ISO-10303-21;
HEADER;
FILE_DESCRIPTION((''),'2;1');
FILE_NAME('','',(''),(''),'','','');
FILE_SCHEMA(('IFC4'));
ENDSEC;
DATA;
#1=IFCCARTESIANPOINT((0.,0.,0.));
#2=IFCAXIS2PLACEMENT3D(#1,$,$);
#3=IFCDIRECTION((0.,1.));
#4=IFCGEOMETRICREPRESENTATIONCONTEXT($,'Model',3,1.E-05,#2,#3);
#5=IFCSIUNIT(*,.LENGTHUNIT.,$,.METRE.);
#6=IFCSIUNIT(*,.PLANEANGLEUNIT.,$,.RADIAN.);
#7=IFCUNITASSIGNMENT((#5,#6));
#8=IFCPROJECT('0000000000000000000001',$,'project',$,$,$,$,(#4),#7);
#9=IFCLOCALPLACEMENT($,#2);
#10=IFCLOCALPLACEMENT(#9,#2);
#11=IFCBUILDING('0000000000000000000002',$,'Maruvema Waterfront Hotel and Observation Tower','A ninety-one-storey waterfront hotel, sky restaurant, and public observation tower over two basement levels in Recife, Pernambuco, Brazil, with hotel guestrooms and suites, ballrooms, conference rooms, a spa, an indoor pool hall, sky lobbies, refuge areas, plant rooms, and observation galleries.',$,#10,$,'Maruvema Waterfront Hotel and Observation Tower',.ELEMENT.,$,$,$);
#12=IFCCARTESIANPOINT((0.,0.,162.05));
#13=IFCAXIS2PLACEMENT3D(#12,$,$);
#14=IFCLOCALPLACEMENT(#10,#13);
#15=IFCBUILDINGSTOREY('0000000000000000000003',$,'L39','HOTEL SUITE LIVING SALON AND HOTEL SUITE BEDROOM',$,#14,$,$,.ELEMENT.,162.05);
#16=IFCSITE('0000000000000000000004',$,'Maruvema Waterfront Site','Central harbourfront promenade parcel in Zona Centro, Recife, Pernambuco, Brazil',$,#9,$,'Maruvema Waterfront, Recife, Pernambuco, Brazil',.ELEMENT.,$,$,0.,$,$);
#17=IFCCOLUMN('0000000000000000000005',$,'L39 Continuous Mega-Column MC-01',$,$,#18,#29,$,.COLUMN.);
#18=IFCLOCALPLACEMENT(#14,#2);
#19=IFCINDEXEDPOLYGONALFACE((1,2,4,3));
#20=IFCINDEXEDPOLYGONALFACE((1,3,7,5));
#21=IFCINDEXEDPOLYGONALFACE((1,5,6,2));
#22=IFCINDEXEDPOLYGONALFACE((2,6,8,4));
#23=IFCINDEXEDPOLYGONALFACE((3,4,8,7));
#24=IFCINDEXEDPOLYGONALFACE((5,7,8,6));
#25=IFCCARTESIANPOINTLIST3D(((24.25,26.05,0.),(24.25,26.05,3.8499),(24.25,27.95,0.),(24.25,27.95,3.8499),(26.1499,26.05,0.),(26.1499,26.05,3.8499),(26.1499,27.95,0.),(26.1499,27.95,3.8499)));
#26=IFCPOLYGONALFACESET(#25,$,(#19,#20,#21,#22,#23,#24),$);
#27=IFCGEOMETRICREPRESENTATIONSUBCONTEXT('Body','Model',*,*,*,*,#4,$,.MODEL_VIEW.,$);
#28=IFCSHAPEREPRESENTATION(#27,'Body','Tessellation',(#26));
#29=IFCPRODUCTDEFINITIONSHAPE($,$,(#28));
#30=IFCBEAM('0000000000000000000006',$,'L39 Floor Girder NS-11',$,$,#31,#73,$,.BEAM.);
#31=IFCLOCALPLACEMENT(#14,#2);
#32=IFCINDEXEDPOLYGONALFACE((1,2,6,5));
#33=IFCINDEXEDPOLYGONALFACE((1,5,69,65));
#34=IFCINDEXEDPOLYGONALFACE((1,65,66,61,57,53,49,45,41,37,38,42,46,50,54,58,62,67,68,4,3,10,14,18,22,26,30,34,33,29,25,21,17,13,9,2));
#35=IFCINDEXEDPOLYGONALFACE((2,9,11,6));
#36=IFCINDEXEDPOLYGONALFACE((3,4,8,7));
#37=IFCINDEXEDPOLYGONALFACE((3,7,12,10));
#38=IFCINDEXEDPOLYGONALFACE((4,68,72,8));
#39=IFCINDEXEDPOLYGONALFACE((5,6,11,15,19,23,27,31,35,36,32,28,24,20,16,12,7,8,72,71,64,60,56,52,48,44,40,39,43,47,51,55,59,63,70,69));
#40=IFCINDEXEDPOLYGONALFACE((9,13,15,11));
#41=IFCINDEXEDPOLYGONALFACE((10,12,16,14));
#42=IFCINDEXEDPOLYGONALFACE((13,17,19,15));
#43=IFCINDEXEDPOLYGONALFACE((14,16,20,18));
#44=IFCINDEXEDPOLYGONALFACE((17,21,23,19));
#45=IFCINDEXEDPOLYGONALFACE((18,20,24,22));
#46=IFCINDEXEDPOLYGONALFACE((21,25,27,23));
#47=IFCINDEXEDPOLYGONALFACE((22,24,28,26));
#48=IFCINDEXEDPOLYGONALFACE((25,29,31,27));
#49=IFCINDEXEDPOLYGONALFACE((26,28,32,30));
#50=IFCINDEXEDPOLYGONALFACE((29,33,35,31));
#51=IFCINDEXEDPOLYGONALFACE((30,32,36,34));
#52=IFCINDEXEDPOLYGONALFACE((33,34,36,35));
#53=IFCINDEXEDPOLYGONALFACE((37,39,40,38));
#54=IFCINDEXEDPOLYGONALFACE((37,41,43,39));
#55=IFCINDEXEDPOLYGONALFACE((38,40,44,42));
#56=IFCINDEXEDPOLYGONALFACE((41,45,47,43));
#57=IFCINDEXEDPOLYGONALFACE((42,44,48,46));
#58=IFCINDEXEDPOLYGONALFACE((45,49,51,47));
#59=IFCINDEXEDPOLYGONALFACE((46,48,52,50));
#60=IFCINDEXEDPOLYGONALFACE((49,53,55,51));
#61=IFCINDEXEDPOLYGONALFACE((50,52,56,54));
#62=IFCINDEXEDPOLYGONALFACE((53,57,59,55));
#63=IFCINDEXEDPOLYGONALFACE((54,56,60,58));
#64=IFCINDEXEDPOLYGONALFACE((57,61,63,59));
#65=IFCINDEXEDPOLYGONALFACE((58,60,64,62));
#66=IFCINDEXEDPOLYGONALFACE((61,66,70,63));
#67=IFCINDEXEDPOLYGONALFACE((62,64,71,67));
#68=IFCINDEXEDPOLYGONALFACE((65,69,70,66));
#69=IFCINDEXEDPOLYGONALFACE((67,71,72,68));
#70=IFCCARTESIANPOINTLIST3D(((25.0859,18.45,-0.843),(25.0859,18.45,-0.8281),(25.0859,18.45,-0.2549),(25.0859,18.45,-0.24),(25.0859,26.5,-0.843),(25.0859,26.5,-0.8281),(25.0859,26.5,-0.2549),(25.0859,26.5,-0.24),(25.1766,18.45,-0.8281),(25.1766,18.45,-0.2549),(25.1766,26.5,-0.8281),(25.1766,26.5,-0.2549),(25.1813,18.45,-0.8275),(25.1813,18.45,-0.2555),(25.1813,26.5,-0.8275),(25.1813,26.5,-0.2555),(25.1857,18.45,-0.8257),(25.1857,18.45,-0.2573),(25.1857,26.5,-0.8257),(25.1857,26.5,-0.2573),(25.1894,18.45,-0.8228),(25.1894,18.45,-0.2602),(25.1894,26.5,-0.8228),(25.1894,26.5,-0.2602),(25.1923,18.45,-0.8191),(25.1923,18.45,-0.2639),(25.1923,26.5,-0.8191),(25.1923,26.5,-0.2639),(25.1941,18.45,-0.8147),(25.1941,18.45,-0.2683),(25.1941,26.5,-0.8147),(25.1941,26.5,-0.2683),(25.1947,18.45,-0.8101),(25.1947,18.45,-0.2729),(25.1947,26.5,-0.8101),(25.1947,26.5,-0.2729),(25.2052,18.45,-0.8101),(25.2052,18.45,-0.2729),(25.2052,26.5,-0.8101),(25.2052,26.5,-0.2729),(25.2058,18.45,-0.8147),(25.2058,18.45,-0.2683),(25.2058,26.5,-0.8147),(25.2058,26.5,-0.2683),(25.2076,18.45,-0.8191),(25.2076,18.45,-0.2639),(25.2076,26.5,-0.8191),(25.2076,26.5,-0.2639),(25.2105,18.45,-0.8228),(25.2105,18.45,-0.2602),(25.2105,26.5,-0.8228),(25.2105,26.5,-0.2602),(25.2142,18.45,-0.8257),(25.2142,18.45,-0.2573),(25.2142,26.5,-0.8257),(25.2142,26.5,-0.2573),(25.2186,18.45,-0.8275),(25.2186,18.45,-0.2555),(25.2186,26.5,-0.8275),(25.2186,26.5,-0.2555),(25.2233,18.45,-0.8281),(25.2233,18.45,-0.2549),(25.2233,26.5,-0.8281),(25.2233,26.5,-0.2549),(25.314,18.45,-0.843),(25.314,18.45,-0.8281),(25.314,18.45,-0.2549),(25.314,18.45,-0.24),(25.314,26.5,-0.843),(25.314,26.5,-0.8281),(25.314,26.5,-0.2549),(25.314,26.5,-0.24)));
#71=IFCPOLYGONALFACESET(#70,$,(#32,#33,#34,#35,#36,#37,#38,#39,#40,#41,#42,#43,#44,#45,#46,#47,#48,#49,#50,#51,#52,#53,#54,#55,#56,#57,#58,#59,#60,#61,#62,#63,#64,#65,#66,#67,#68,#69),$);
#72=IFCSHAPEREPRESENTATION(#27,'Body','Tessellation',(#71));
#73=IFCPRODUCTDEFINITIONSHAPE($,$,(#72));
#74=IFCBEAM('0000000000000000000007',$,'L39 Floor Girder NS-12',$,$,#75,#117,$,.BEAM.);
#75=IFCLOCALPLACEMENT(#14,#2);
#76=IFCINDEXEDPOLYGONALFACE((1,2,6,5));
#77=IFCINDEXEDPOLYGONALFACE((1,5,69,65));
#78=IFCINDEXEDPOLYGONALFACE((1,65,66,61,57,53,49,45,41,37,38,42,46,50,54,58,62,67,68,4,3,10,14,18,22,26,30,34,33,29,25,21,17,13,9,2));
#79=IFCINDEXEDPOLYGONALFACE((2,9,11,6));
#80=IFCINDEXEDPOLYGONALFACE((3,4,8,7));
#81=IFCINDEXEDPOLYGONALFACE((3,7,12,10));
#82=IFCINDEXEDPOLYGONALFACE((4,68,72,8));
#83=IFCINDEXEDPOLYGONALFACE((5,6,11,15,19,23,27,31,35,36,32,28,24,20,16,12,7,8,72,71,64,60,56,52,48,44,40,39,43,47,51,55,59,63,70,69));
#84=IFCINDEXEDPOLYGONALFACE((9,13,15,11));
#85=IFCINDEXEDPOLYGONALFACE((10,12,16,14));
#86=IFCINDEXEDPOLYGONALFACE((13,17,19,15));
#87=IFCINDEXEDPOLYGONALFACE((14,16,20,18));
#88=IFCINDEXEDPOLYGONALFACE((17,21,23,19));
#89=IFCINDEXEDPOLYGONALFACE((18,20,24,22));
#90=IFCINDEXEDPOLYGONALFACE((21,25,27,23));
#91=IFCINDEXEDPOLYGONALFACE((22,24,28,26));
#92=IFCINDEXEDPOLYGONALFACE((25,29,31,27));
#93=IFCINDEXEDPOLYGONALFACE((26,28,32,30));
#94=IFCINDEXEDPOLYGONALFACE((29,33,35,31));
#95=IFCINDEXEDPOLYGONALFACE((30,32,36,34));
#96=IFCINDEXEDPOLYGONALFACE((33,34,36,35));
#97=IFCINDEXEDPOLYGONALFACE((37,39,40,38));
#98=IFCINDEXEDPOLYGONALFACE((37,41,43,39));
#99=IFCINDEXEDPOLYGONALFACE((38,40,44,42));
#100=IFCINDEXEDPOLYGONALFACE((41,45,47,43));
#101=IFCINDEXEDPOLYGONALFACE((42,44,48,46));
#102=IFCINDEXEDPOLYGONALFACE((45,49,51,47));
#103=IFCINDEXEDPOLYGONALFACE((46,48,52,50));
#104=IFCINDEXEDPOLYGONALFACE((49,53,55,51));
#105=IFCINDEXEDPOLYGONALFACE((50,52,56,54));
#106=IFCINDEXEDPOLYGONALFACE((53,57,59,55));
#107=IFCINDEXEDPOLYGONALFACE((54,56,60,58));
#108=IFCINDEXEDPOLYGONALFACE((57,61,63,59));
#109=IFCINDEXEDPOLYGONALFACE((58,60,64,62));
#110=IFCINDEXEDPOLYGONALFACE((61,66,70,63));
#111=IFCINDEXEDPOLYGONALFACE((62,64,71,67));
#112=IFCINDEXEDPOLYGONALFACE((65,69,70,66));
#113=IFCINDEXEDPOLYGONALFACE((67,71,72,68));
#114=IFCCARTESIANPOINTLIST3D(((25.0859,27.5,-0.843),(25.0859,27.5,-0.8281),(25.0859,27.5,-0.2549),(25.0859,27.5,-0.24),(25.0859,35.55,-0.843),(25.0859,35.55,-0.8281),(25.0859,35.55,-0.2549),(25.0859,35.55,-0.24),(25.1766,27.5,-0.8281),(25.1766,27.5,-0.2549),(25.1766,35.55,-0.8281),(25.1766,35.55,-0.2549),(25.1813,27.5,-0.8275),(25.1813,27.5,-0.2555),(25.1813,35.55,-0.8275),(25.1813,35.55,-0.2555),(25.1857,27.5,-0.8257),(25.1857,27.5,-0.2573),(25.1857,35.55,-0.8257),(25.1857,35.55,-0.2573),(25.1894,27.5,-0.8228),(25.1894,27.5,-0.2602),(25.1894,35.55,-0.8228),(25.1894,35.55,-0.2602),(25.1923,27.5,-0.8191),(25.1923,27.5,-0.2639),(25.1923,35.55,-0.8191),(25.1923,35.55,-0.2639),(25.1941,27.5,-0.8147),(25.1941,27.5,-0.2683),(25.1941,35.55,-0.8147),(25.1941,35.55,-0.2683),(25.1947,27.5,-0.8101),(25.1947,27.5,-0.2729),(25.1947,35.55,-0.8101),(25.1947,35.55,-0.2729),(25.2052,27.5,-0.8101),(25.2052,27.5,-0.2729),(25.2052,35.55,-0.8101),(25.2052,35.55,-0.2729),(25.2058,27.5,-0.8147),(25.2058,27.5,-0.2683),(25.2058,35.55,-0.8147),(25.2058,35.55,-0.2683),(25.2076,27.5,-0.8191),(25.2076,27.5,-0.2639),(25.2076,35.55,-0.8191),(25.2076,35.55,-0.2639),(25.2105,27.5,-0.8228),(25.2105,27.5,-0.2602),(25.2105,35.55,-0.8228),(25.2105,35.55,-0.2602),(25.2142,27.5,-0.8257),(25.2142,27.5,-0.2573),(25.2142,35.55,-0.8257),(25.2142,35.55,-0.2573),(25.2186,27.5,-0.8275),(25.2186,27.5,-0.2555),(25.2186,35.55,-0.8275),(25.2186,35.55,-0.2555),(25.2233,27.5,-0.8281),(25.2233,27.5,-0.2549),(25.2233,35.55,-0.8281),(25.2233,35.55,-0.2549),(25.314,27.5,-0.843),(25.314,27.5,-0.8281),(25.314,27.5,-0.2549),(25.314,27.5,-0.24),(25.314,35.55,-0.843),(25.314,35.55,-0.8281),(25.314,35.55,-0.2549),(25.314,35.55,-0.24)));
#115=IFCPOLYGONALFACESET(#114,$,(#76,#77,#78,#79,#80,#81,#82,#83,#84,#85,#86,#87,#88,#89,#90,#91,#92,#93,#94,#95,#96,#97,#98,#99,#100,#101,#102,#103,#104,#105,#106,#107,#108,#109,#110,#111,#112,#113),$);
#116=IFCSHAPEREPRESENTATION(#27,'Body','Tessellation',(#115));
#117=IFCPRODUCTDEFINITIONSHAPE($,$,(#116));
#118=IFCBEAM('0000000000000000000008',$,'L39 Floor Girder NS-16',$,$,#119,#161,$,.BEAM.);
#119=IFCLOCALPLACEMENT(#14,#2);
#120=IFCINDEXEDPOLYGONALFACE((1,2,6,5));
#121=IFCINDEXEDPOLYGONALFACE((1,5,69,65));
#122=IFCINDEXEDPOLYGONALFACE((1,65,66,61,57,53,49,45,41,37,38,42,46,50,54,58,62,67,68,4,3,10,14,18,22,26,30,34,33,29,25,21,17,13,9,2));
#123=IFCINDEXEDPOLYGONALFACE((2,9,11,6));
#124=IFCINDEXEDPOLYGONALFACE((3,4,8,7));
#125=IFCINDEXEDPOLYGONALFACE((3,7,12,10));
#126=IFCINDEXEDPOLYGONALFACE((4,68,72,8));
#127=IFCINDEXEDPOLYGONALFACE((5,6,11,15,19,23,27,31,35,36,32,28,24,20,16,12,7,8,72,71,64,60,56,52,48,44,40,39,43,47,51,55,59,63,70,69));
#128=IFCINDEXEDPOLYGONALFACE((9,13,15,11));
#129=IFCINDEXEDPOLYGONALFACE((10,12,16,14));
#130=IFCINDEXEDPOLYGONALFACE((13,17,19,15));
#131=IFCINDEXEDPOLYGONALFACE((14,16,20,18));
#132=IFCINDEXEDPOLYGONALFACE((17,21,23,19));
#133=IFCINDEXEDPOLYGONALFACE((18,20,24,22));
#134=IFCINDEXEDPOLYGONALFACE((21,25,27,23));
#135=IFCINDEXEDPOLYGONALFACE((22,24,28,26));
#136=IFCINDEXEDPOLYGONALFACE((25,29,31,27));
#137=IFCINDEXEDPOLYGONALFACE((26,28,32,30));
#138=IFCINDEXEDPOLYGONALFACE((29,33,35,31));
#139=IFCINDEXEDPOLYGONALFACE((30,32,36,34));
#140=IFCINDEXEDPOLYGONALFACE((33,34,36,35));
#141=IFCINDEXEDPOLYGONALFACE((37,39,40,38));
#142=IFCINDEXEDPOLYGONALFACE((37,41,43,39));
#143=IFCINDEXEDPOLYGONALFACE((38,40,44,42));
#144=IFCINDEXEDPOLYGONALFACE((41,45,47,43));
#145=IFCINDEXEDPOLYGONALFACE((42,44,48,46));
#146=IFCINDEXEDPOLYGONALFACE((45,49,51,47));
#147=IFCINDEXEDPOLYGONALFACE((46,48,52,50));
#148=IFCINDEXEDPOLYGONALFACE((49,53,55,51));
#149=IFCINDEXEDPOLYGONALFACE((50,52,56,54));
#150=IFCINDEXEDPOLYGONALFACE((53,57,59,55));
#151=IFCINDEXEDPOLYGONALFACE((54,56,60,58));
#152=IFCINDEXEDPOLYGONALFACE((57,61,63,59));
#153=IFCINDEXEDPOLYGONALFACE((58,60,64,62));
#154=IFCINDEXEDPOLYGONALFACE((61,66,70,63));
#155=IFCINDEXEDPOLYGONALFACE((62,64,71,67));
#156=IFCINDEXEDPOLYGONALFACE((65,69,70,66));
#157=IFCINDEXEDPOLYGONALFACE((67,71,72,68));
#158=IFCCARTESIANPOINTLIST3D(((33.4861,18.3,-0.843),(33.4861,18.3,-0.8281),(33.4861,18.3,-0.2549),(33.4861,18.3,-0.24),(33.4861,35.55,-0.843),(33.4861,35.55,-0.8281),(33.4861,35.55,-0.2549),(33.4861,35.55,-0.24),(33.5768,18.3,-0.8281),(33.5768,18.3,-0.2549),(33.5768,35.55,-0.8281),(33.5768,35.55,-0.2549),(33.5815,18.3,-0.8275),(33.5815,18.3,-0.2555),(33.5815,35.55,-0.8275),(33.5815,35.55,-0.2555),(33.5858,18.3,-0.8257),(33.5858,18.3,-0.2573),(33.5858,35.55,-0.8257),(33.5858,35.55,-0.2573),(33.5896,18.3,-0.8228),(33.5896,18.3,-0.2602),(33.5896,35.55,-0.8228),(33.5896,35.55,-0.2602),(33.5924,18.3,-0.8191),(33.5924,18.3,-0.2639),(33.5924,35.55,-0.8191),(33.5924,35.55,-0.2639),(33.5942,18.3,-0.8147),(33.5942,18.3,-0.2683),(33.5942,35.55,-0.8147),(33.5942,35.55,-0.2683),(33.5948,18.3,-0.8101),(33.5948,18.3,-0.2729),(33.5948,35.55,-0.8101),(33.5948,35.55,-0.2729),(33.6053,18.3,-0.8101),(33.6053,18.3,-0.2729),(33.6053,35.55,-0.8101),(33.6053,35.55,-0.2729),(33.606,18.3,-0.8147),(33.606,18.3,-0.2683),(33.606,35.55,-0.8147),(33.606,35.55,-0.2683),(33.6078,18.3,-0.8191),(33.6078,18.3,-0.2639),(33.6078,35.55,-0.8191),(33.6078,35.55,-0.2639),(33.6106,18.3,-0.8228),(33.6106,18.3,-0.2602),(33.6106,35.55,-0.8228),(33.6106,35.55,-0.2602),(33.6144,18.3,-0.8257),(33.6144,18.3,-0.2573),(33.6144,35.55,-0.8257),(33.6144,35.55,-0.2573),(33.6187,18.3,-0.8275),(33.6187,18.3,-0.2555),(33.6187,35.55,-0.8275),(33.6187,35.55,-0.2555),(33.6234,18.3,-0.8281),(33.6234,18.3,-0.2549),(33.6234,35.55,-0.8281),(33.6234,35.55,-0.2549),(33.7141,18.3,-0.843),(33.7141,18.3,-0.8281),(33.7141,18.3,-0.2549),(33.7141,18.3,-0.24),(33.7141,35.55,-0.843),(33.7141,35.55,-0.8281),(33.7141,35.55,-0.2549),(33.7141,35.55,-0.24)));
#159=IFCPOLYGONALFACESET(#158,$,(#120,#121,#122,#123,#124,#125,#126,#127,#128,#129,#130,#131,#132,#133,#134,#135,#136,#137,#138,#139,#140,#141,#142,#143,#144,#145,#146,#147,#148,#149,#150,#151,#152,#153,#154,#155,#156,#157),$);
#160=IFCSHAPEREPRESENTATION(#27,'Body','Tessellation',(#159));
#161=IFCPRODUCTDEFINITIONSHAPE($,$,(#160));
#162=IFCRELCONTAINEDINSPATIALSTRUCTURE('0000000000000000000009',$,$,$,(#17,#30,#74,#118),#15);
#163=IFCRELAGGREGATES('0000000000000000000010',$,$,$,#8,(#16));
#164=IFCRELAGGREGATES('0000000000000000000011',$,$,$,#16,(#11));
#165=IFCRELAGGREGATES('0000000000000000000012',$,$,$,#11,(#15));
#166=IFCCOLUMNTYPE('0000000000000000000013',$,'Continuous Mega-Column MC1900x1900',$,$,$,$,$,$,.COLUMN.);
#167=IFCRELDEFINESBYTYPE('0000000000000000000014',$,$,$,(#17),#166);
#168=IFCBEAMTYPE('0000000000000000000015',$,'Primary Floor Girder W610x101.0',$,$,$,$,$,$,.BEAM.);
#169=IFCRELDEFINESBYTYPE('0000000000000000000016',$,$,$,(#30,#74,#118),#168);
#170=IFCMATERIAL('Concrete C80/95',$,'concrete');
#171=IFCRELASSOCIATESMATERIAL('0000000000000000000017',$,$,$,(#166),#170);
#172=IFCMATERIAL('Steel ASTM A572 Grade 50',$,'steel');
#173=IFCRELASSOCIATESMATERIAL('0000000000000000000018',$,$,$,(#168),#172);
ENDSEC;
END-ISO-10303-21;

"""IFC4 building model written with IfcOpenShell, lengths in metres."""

from ifc_helpers import new_model, si_unit, direction, frame, origin, origin_2d, place, context, subcontext, project, spatial, rectangle, i_section, extrude, material, material_profile, profile_set, type_object, element, save


model = new_model("IFC4")

# Units and contexts
model_context = context("Model", 3, precision=1e-05, world=origin(), true_north=direction((0.0, 1.0)))
body_context = subcontext(model_context, "Body", "Model", "MODEL_VIEW")
ifc_project = project(units=[si_unit("LENGTHUNIT", "METRE"), si_unit("PLANEANGLEUNIT", "RADIAN")], contexts=[model_context])

# Site, building, storey
site_placement = place(None, origin())
site = spatial("IfcSite", under=ifc_project, at=site_placement, Name="Maruvema Waterfront Site", Description="Central harbourfront promenade parcel in Zona Centro, Recife, Pernambuco, Brazil", LongName="Maruvema Waterfront, Recife, Pernambuco, Brazil", CompositionType="ELEMENT", RefElevation=0.0)
building_placement = place(site_placement, origin())
building = spatial("IfcBuilding", under=site, at=building_placement, Name="Maruvema Waterfront Hotel and Observation Tower", Description="A ninety-one-storey waterfront hotel, sky restaurant, and public observation tower over two basement levels in Recife, Pernambuco, Brazil, with hotel guestrooms and suites, ballrooms, conference rooms, a spa, an indoor pool hall, sky lobbies, refuge areas, plant rooms, and observation galleries.", LongName="Maruvema Waterfront Hotel and Observation Tower", CompositionType="ELEMENT")
storey_placement = place(building_placement, frame((0.0, 0.0, 162.05)))
storey = spatial("IfcBuildingStorey", under=building, at=storey_placement, Name="L39", Description="HOTEL SUITE LIVING SALON AND HOTEL SUITE BEDROOM", CompositionType="ELEMENT", Elevation=162.05)

# Column
ifc_material_1 = material(Name="Concrete C80/95", Category="concrete")
ifc_material_profile_1 = material_profile(ifc_material_1, rectangle(XDim=1.8999, YDim=1.8999, at=origin_2d()), Name="MC1900x1900")
ifc_profile_set_1 = profile_set([ifc_material_profile_1], Name="Concrete C80/95")
column_type = type_object("IfcColumnType", Name="Continuous Mega-Column MC1900x1900", PredefinedType="COLUMN", material=ifc_profile_set_1)
column_placement = place(storey_placement, frame((25.2, 27.0, 0.0), z_axis=(0.0, 0.0, 1.0), x_axis=(1.0, 0.0, 0.0)))
element("IfcColumn", 1, at=column_placement, inside=storey, type_object=column_type, Name="L39 Continuous Mega-Column MC-01", PredefinedType="COLUMN", context=body_context, shape_type="SweptSolid", body=[
    extrude(rectangle(XDim=1.8999, YDim=1.8999, at=origin_2d()), origin(), (0.0, 0.0, 1.0), 3.8499),
])

# Beams
ifc_material_2 = material(Name="Steel ASTM A572 Grade 50", Category="steel")
ifc_material_profile_2 = material_profile(ifc_material_2, i_section(OverallWidth=0.228, OverallDepth=0.603, WebThickness=0.0105, FlangeThickness=0.0149, FilletRadius=0.0181, at=origin_2d()), Name="W610x101.0")
ifc_profile_set_2 = profile_set([ifc_material_profile_2], Name="Steel ASTM A572 Grade 50")
beam_type_1 = type_object("IfcBeamType", Name="Primary Floor Girder W610x101.0", PredefinedType="BEAM", material=ifc_profile_set_2)
for number, where, z_axis, x_axis, name in (
    (2, (25.2, 18.45, -0.5415), (0.0, 1.0, 0.0), (-1.0, 0.0, 0.0), "L39 Floor Girder NS-11"),
    (3, (25.2, 27.5, -0.5415), (0.0, 1.0, 0.0), (-1.0, 0.0, 0.0), "L39 Floor Girder NS-12"),
):
    element("IfcBeam", number, at=place(storey_placement, frame(where, z_axis=z_axis, x_axis=x_axis)), inside=storey, type_object=beam_type_1, Name=name, PredefinedType="BEAM", context=body_context, shape_type="SweptSolid", body=[
        extrude(i_section(OverallWidth=0.228, OverallDepth=0.603, WebThickness=0.0105, FlangeThickness=0.0149, FilletRadius=0.0181, at=origin_2d()), origin(), (0.0, 0.0, 1.0), 8.05),
    ])
beam_1_placement = place(storey_placement, frame((33.6001, 18.3, -0.5415), z_axis=(0.0, 1.0, 0.0), x_axis=(-1.0, 0.0, 0.0)))
element("IfcBeam", 4, at=beam_1_placement, inside=storey, type_object=beam_type_1, Name="L39 Floor Girder NS-16", PredefinedType="BEAM", context=body_context, shape_type="SweptSolid", body=[
    extrude(i_section(OverallWidth=0.228, OverallDepth=0.603, WebThickness=0.0105, FlangeThickness=0.0149, FilletRadius=0.0181, at=origin_2d()), origin(), (0.0, 0.0, 1.0), 17.25),
])

save(model, "model.ifc")
